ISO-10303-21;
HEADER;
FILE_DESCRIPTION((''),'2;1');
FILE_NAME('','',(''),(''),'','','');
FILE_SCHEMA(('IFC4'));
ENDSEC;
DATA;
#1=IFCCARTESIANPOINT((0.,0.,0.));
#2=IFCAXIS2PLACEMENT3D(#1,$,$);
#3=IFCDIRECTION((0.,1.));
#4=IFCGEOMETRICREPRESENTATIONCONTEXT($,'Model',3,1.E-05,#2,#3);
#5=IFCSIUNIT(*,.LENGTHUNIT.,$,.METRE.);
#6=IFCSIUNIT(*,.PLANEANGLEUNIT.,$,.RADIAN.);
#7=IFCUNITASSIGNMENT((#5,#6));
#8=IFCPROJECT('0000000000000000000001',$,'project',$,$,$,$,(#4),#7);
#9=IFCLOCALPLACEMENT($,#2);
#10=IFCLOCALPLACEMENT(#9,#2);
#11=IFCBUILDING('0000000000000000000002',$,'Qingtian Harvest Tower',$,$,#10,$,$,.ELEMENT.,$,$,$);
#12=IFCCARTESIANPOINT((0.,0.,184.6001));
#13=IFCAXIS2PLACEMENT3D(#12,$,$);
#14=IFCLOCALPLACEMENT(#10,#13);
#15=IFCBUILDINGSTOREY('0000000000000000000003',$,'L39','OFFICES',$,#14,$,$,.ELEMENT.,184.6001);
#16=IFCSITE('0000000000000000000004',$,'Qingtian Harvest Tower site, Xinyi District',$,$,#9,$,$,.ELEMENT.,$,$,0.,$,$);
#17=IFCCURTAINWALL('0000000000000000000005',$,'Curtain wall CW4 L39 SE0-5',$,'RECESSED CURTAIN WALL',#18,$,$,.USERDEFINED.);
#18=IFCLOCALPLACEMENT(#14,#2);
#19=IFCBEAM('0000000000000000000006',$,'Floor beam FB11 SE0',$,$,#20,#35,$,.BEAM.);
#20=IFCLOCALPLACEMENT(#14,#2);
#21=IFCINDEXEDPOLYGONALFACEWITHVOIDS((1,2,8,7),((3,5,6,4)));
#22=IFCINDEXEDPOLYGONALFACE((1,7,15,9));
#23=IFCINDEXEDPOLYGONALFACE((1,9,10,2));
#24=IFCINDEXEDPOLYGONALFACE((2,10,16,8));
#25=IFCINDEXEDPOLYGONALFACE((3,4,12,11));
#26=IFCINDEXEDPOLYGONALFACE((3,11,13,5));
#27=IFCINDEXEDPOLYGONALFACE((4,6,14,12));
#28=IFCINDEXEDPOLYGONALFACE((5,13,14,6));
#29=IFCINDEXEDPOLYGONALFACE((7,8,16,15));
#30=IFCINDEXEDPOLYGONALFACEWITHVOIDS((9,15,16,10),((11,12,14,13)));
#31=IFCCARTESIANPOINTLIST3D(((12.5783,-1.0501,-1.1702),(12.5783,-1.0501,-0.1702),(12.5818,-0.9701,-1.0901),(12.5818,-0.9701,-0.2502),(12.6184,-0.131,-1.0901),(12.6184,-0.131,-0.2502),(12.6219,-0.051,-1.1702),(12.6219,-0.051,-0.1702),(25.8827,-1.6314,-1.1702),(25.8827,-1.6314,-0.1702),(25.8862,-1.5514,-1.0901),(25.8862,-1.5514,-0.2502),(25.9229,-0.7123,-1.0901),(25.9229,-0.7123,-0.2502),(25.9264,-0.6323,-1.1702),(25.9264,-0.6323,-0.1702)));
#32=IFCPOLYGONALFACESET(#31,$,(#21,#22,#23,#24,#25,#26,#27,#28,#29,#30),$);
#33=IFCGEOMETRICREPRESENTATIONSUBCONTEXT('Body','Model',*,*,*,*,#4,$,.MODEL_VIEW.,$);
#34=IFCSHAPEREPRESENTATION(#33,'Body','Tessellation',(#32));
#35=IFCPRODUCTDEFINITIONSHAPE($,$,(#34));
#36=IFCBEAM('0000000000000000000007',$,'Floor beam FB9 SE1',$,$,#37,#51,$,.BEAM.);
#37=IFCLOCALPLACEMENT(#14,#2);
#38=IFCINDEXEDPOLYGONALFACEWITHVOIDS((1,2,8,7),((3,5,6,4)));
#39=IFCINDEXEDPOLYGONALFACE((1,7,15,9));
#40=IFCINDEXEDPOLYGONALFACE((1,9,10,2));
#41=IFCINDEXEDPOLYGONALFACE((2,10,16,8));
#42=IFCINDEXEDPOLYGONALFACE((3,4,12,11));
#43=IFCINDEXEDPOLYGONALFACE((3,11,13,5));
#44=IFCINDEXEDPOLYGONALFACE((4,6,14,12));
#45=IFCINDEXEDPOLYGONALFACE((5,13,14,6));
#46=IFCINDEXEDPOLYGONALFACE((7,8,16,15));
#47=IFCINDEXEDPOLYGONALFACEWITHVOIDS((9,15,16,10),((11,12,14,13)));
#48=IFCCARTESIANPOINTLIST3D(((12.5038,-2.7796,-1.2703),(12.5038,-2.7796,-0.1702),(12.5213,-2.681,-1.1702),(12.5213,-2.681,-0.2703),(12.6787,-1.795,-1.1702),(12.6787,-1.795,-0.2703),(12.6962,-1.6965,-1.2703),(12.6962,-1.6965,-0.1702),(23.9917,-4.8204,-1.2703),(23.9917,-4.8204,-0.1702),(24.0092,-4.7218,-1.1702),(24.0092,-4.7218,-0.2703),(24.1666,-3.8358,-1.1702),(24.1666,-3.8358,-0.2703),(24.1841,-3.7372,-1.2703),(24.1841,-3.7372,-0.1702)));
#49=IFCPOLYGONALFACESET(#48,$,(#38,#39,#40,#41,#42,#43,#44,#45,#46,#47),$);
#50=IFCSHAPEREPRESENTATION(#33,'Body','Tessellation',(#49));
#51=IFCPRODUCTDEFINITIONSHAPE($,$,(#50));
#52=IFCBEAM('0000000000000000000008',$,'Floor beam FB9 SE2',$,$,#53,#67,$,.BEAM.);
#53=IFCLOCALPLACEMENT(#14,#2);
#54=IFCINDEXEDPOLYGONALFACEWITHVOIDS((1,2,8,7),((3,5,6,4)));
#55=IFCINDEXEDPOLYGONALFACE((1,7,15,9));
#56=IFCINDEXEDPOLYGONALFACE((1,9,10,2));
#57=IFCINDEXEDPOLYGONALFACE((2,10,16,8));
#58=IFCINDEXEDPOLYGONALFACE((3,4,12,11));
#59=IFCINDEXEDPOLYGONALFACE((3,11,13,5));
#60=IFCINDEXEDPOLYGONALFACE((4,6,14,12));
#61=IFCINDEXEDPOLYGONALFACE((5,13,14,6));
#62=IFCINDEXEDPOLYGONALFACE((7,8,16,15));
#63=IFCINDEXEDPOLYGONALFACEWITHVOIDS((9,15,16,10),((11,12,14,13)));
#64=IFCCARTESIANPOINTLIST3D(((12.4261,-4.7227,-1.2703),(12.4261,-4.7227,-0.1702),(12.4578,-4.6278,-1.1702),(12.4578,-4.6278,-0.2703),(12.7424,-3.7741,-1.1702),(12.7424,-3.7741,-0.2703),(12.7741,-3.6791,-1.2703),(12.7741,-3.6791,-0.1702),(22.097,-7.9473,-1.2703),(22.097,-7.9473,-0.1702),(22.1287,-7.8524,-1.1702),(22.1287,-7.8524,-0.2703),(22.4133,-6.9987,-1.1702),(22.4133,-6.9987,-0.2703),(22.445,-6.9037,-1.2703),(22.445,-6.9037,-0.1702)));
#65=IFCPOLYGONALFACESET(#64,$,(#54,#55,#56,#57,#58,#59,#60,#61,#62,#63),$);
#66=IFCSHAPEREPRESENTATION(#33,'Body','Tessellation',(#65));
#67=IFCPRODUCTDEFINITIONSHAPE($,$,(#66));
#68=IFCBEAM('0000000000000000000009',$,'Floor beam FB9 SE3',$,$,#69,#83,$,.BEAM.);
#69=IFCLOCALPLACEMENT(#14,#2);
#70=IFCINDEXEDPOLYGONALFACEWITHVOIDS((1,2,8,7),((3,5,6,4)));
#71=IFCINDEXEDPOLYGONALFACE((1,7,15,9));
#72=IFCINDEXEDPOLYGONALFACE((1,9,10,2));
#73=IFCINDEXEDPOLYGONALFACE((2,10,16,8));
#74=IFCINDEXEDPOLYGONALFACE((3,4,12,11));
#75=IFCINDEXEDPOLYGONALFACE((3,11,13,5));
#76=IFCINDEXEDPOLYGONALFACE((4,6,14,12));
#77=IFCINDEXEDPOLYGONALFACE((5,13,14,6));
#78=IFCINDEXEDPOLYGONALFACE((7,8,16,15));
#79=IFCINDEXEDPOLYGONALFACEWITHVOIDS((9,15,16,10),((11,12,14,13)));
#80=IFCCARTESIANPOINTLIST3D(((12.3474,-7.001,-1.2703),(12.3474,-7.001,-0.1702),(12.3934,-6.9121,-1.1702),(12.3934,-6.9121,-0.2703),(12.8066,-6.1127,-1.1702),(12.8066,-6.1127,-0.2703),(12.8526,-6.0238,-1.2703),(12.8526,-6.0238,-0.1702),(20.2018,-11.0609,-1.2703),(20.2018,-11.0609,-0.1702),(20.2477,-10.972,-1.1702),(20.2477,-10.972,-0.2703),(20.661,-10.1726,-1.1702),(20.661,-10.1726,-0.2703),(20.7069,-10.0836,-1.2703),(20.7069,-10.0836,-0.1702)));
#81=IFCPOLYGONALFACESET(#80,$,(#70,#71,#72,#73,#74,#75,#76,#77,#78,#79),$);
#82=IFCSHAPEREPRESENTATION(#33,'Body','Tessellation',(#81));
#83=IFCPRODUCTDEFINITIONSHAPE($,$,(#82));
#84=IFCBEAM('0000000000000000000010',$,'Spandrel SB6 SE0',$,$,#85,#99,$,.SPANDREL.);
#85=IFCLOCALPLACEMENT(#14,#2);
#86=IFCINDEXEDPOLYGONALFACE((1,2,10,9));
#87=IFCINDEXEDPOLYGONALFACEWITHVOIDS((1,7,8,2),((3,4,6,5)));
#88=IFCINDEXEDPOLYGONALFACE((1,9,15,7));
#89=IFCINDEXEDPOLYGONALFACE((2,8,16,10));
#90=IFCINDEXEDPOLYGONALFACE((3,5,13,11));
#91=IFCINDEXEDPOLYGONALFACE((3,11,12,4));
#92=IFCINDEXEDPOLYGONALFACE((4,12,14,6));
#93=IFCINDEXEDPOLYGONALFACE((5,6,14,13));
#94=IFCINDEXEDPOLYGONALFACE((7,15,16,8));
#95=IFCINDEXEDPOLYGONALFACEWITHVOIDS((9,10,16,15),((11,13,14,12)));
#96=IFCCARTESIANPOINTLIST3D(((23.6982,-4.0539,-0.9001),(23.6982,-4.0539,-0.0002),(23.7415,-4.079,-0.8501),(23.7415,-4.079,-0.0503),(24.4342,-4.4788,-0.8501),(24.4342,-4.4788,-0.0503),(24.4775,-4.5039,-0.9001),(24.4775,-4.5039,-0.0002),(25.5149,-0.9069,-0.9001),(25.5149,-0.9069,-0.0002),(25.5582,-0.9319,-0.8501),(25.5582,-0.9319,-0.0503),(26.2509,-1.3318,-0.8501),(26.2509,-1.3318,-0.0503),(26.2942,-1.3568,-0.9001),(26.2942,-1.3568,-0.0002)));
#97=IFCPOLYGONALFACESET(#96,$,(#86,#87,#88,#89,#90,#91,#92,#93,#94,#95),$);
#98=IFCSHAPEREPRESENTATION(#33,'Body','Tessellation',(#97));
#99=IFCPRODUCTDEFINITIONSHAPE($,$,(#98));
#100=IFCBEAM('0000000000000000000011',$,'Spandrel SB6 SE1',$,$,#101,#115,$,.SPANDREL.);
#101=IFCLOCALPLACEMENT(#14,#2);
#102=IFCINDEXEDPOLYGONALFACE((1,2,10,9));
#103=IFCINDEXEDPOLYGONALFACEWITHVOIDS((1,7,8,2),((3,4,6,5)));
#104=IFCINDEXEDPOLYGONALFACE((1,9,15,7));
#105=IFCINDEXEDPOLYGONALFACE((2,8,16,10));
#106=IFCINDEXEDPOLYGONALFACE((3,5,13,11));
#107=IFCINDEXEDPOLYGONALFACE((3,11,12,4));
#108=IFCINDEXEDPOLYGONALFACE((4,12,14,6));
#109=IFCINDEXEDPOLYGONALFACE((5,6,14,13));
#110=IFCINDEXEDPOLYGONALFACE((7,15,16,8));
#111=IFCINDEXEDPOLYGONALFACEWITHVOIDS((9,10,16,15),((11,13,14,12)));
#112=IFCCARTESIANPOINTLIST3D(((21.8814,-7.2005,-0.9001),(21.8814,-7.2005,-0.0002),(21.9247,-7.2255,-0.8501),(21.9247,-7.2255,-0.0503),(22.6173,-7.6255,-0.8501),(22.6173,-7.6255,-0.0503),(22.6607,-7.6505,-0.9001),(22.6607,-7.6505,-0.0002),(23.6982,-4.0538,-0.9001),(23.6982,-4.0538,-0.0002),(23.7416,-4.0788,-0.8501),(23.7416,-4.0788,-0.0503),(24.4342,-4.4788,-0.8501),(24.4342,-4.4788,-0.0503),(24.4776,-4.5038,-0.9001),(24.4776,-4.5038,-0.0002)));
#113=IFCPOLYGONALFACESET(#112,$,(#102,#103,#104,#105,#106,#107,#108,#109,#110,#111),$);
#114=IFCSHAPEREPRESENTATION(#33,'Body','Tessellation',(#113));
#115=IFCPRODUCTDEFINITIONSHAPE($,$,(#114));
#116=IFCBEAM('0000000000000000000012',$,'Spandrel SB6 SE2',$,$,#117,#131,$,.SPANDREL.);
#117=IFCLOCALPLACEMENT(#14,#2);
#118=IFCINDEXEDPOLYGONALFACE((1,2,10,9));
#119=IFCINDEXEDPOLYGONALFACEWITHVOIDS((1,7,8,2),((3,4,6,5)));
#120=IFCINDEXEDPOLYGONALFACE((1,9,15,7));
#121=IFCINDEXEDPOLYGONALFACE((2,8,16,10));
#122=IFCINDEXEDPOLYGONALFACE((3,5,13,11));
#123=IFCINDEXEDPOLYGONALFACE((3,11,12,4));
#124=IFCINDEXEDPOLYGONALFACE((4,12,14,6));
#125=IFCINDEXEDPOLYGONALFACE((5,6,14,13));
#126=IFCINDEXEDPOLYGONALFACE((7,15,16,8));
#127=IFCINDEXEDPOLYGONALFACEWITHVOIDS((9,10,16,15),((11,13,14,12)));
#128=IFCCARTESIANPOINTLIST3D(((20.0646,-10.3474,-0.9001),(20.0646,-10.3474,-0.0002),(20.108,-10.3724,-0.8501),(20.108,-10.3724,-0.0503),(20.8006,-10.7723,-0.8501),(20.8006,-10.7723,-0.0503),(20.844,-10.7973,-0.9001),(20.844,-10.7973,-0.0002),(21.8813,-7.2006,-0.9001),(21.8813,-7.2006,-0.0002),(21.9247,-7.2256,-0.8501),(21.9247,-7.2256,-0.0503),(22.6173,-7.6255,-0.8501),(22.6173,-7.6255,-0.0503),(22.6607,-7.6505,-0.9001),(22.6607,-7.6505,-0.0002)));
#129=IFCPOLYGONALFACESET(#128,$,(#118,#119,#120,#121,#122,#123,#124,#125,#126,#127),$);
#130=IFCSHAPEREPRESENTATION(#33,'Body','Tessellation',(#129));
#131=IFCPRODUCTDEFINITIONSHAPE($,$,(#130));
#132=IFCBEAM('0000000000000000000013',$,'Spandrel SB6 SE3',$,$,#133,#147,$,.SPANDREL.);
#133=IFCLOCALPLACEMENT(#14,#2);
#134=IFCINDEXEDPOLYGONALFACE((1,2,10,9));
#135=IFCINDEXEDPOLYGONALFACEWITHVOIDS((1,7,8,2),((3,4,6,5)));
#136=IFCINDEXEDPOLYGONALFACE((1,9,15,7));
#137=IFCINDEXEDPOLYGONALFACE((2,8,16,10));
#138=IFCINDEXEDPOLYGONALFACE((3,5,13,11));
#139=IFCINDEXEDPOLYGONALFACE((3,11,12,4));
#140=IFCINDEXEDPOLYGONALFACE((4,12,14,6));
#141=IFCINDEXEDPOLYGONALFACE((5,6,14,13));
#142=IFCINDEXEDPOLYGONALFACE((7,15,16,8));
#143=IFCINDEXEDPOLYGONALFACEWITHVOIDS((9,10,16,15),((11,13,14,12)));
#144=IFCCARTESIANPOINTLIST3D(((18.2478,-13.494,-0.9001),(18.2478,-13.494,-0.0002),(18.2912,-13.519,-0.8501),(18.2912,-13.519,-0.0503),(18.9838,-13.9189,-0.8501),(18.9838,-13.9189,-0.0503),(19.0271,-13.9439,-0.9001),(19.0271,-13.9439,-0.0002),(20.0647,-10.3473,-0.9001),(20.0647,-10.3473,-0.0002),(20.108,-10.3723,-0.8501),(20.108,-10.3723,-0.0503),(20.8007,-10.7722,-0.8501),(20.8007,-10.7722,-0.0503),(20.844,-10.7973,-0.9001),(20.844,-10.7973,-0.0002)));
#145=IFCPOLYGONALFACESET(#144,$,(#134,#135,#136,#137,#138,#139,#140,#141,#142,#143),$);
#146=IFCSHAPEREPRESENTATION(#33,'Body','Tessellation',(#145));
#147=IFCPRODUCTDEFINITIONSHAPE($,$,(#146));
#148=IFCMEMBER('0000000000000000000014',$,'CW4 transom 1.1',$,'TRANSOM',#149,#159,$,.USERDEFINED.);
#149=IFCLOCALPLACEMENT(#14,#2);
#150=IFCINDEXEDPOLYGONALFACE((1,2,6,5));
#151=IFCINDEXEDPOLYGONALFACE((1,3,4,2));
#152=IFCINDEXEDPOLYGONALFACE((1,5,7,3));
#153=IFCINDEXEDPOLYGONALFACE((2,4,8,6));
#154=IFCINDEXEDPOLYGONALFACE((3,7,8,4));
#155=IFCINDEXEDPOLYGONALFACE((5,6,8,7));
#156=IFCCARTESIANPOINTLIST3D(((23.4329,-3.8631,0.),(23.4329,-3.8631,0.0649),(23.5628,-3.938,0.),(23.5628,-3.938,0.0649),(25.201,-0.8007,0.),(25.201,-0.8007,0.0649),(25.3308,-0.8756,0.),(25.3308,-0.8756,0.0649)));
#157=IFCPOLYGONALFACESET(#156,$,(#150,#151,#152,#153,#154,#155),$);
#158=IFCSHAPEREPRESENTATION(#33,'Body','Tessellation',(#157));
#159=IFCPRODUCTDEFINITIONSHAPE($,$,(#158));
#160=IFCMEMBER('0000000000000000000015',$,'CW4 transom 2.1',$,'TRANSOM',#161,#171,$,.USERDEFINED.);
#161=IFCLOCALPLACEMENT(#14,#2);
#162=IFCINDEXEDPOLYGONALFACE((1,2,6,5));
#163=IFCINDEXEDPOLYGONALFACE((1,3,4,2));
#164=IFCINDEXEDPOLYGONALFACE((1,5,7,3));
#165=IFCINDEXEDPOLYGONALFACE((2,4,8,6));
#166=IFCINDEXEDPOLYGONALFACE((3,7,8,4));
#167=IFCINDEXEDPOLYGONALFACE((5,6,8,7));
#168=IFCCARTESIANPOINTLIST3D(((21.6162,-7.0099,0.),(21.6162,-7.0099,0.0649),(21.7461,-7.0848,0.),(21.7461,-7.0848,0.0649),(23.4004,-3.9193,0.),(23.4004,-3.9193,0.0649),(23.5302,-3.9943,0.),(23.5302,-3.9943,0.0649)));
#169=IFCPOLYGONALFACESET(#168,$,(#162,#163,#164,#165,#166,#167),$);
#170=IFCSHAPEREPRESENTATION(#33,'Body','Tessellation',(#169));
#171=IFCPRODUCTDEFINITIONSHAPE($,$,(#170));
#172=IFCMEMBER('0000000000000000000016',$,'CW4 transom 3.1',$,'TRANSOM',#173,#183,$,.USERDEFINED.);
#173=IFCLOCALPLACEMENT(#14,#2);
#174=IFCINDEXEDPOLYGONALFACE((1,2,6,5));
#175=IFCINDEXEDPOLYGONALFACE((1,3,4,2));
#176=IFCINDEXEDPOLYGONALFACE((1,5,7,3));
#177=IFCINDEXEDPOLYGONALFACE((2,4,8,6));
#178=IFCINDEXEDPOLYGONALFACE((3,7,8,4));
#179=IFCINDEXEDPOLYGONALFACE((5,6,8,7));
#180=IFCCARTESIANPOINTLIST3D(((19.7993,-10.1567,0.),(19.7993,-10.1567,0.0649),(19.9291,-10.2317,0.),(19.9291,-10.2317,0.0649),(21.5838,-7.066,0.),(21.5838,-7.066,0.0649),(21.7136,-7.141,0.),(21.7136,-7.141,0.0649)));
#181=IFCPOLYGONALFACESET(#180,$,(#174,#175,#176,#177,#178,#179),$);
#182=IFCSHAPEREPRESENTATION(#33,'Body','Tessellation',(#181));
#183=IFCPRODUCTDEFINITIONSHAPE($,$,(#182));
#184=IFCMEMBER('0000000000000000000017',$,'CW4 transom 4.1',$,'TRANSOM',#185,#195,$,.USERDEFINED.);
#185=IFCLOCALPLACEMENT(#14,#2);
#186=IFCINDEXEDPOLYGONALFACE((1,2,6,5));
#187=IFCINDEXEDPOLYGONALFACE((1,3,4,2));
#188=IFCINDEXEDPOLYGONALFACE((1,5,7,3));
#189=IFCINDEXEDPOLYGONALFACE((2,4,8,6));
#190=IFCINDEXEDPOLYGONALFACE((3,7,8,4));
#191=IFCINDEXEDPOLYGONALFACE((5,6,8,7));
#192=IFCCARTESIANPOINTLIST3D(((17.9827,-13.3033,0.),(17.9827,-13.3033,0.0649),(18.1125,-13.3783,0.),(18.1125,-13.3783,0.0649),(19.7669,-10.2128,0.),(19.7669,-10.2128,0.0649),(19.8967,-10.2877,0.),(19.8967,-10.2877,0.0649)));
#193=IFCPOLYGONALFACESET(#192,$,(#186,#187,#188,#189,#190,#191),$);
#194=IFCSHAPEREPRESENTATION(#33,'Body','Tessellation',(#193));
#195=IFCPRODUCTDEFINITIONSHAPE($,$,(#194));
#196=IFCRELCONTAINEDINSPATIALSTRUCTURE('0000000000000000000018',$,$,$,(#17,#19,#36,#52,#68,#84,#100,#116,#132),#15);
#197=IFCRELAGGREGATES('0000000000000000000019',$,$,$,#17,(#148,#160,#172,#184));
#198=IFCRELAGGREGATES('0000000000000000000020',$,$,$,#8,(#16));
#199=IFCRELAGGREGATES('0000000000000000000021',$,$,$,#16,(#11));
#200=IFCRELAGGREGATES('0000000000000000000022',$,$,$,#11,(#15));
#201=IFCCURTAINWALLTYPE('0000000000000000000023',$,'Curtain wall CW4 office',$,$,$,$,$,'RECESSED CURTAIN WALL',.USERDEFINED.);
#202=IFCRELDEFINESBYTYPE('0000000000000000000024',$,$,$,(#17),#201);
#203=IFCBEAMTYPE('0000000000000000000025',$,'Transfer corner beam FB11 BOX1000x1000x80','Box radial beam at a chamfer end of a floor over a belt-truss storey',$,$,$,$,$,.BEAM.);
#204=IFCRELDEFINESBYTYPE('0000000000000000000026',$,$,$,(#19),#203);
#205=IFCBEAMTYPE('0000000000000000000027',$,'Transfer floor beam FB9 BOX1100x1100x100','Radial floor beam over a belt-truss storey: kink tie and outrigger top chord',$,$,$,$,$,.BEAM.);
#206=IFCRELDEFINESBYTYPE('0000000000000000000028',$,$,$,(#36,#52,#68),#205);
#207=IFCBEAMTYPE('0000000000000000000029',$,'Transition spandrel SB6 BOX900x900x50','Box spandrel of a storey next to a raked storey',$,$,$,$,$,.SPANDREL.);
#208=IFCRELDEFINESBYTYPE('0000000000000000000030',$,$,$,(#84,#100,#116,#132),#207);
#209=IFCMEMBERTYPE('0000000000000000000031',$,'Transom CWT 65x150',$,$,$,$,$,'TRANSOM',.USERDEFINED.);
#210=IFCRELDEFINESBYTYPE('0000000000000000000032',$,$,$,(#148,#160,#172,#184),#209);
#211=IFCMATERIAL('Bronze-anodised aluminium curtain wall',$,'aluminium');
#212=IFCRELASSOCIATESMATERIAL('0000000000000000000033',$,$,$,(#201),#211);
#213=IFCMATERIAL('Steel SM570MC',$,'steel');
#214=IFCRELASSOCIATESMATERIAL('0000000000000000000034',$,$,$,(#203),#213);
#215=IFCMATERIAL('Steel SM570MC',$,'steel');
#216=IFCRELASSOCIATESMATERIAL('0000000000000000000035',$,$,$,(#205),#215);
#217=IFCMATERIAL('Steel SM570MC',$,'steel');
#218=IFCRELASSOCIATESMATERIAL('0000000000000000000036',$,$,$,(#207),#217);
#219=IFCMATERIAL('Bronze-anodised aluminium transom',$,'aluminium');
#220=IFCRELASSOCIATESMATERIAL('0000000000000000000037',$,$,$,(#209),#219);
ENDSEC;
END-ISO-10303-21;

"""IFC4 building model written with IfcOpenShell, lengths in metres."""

from ifc_helpers import new_model, si_unit, direction, frame, origin, origin_2d, place, context, subcontext, project, spatial, rectangle, hollow_rectangle, extrude, material, material_profile, profile_set, type_object, element, aggregate, save


model = new_model("IFC4")

# Units and contexts
model_context = context("Model", 3, precision=1e-05, world=origin(), true_north=direction((0.0, 1.0)))
body_context = subcontext(model_context, "Body", "Model", "MODEL_VIEW")
ifc_project = project(units=[si_unit("LENGTHUNIT", "METRE"), si_unit("PLANEANGLEUNIT", "RADIAN")], contexts=[model_context])

# Site, building, storey
site_placement = place(None, origin())
site = spatial("IfcSite", under=ifc_project, at=site_placement, Name="Qingtian Harvest Tower site, Xinyi District", CompositionType="ELEMENT", RefElevation=0.0)
building_placement = place(site_placement, origin())
building = spatial("IfcBuilding", under=site, at=building_placement, Name="Qingtian Harvest Tower", CompositionType="ELEMENT")
storey_placement = place(building_placement, frame((0.0, 0.0, 184.6001)))
storey = spatial("IfcBuildingStorey", under=building, at=storey_placement, Name="L39", Description="OFFICES", CompositionType="ELEMENT", Elevation=184.6001)

# Shared definitions
ifc_material_1 = material(Name="Bronze-anodised aluminium curtain wall", Category="aluminium")
curtain_wall_type = type_object("IfcCurtainWallType", Name="Curtain wall CW4 office", ElementType="RECESSED CURTAIN WALL", PredefinedType="USERDEFINED", material=ifc_material_1)

# Curtain wall
curtain_wall_1_placement = place(storey_placement, origin())
curtain_wall_1 = element("IfcCurtainWall", 1, at=curtain_wall_1_placement, inside=storey, type_object=curtain_wall_type, Name="Curtain wall CW4 L39 SE0-5", ObjectType="RECESSED CURTAIN WALL", PredefinedType="USERDEFINED")

# Beams
ifc_material_2 = material(Name="Steel SM570MC", Category="steel")
ifc_material_profile_1 = material_profile(ifc_material_2, hollow_rectangle(XDim=1.0, YDim=1.0, WallThickness=0.0801, at=origin_2d()), Name="BOX1000x1000x80")
ifc_profile_set_1 = profile_set([ifc_material_profile_1], Name="Steel SM570MC")
beam_type_1 = type_object("IfcBeamType", Name="Transfer corner beam FB11 BOX1000x1000x80", Description="Box radial beam at a chamfer end of a floor over a belt-truss storey", PredefinedType="BEAM", material=ifc_profile_set_1)
beam_1_placement = place(storey_placement, frame((25.9045, -1.1318, -0.6702), z_axis=(-0.999047, 0.04365, 0.0), x_axis=(-0.04365, -0.999047, 0.0)))
element("IfcBeam", 2, at=beam_1_placement, inside=storey, type_object=beam_type_1, Name="Floor beam FB11 SE0", PredefinedType="BEAM", context=body_context, shape_type="SweptSolid", body=[
    extrude(hollow_rectangle(XDim=1.0, YDim=1.0, WallThickness=0.0801, at=origin_2d()), origin(), (0.0, 0.0, 1.0), 13.3171),
])
ifc_material_3 = material(Name="Steel SM570MC", Category="steel")
ifc_material_profile_2 = material_profile(ifc_material_3, hollow_rectangle(XDim=1.1001, YDim=1.1001, WallThickness=0.1001, at=origin_2d()), Name="BOX1100x1100x100")
ifc_profile_set_2 = profile_set([ifc_material_profile_2], Name="Steel SM570MC")
beam_type_2 = type_object("IfcBeamType", Name="Transfer floor beam FB9 BOX1100x1100x100", Description="Radial floor beam over a belt-truss storey: kink tie and outrigger top chord", PredefinedType="BEAM", material=ifc_profile_set_2)
beam_2_placement = place(storey_placement, frame((24.0879, -4.2788, -0.7202), z_axis=(-0.984585, 0.174908, 0.0), x_axis=(-0.174908, -0.984585, 0.0)))
element("IfcBeam", 3, at=beam_2_placement, inside=storey, type_object=beam_type_2, Name="Floor beam FB9 SE1", PredefinedType="BEAM", context=body_context, shape_type="SweptSolid", body=[
    extrude(hollow_rectangle(XDim=1.1001, YDim=1.1001, WallThickness=0.1001, at=origin_2d()), origin(), (0.0, 0.0, 1.0), 11.6677),
])
beam_3_placement = place(storey_placement, frame((22.271, -7.4255, -0.7202), z_axis=(-0.948655, 0.316314, 0.0), x_axis=(-0.316314, -0.948655, 0.0)))
element("IfcBeam", 4, at=beam_3_placement, inside=storey, type_object=beam_type_2, Name="Floor beam FB9 SE2", PredefinedType="BEAM", context=body_context, shape_type="SweptSolid", body=[
    extrude(hollow_rectangle(XDim=1.1001, YDim=1.1001, WallThickness=0.1001, at=origin_2d()), origin(), (0.0, 0.0, 1.0), 10.1943),
])
beam_4_placement = place(storey_placement, frame((20.4543, -10.5723, -0.7202), z_axis=(-0.888344, 0.45918, 0.0), x_axis=(-0.45918, -0.888344, 0.0)))
element("IfcBeam", 5, at=beam_4_placement, inside=storey, type_object=beam_type_2, Name="Floor beam FB9 SE3", PredefinedType="BEAM", context=body_context, shape_type="SweptSolid", body=[
    extrude(hollow_rectangle(XDim=1.1001, YDim=1.1001, WallThickness=0.1001, at=origin_2d()), origin(), (0.0, 0.0, 1.0), 8.8416),
])
ifc_material_4 = material(Name="Steel SM570MC", Category="steel")
ifc_material_profile_3 = material_profile(ifc_material_4, hollow_rectangle(XDim=0.8999, YDim=0.8999, WallThickness=0.05, at=origin_2d()), Name="BOX900x900x50")
ifc_profile_set_3 = profile_set([ifc_material_profile_3], Name="Steel SM570MC")
beam_type_3 = type_object("IfcBeamType", Name="Transition spandrel SB6 BOX900x900x50", Description="Box spandrel of a storey next to a raked storey", PredefinedType="SPANDREL", material=ifc_profile_set_3)
beam_5_placement = place(storey_placement, frame((25.9045, -1.1318, -0.4502), z_axis=(-0.499947, -0.866056, 0.0), x_axis=(0.866056, -0.499947, 0.0)))
element("IfcBeam", 6, at=beam_5_placement, inside=storey, type_object=beam_type_3, Name="Spandrel SB6 SE0", PredefinedType="SPANDREL", context=body_context, shape_type="SweptSolid", body=[
    extrude(hollow_rectangle(XDim=0.8999, YDim=0.8999, WallThickness=0.05, at=origin_2d()), origin(), (0.0, 0.0, 1.0), 3.6338),
])
for number, where, z_axis, x_axis, name in (
    (7, (24.0879, -4.2788, -0.4502), (-0.500027, -0.86601, 0.0), (0.86601, -0.500027, 0.0), "Spandrel SB6 SE1"),
    (8, (22.271, -7.4255, -0.4502), (-0.499976, -0.866039, 0.0), (0.866039, -0.499976, 0.0), "Spandrel SB6 SE2"),
    (9, (20.4543, -10.5723, -0.4502), (-0.500027, -0.86601, 0.0), (0.86601, -0.500027, 0.0), "Spandrel SB6 SE3"),
):
    element("IfcBeam", number, at=place(storey_placement, frame(where, z_axis=z_axis, x_axis=x_axis)), inside=storey, type_object=beam_type_3, Name=name, PredefinedType="SPANDREL", context=body_context, shape_type="SweptSolid", body=[
        extrude(hollow_rectangle(XDim=0.8999, YDim=0.8999, WallThickness=0.05, at=origin_2d()), origin(), (0.0, 0.0, 1.0), 3.6335),
    ])

# Members
ifc_material_5 = material(Name="Bronze-anodised aluminium transom", Category="aluminium")
ifc_material_profile_4 = material_profile(ifc_material_5, rectangle(XDim=0.1499, YDim=0.0649, at=origin_2d()), Name="AL 65x150")
ifc_profile_set_4 = profile_set([ifc_material_profile_4], Name="Bronze-anodised aluminium transom")
member_type_1 = type_object("IfcMemberType", Name="Transom CWT 65x150", ElementType="TRANSOM", PredefinedType="USERDEFINED", material=ifc_profile_set_4)
member_1_placement = place(storey_placement, frame((25.2659, -0.8381, 0.0325), z_axis=(-0.499985, -0.866034, 0.0), x_axis=(0.866034, -0.499985, 0.0)))
member_1 = element("IfcMember", 10, at=member_1_placement, type_object=member_type_1, Name="CW4 transom 1.1", ObjectType="TRANSOM", PredefinedType="USERDEFINED", context=body_context, shape_type="SweptSolid", body=[
    extrude(rectangle(XDim=0.1499, YDim=0.0649, at=origin_2d()), origin(), (0.0, 0.0, 1.0), 3.5361),
])
member_2_placement = place(storey_placement, frame((23.4653, -3.9568, 0.0325), z_axis=(-0.499965, -0.866045, 0.0), x_axis=(0.866045, -0.499965, 0.0)))
member_2 = element("IfcMember", 11, at=member_2_placement, type_object=member_type_1, Name="CW4 transom 2.1", ObjectType="TRANSOM", PredefinedType="USERDEFINED", context=body_context, shape_type="SweptSolid", body=[
    extrude(rectangle(XDim=0.1499, YDim=0.0649, at=origin_2d()), origin(), (0.0, 0.0, 1.0), 3.5686),
])
member_3_placement = place(storey_placement, frame((21.6487, -7.1035, 0.0325), z_axis=(-0.500017, -0.866016, 0.0), x_axis=(0.866016, -0.500017, 0.0)))
member_3 = element("IfcMember", 12, at=member_3_placement, type_object=member_type_1, Name="CW4 transom 3.1", ObjectType="TRANSOM", PredefinedType="USERDEFINED", context=body_context, shape_type="SweptSolid", body=[
    extrude(rectangle(XDim=0.1499, YDim=0.0649, at=origin_2d()), origin(), (0.0, 0.0, 1.0), 3.5688),
])
member_4_placement = place(storey_placement, frame((19.8318, -10.2502, 0.0325), z_axis=(-0.499965, -0.866045, 0.0), x_axis=(0.866045, -0.499965, 0.0)))
member_4 = element("IfcMember", 13, at=member_4_placement, type_object=member_type_1, Name="CW4 transom 4.1", ObjectType="TRANSOM", PredefinedType="USERDEFINED", context=body_context, shape_type="SweptSolid", body=[
    extrude(rectangle(XDim=0.1499, YDim=0.0649, at=origin_2d()), origin(), (0.0, 0.0, 1.0), 3.5686),
])

aggregate(curtain_wall_1, [member_1, member_2, member_3, member_4])

save(model, "model.ifc")
